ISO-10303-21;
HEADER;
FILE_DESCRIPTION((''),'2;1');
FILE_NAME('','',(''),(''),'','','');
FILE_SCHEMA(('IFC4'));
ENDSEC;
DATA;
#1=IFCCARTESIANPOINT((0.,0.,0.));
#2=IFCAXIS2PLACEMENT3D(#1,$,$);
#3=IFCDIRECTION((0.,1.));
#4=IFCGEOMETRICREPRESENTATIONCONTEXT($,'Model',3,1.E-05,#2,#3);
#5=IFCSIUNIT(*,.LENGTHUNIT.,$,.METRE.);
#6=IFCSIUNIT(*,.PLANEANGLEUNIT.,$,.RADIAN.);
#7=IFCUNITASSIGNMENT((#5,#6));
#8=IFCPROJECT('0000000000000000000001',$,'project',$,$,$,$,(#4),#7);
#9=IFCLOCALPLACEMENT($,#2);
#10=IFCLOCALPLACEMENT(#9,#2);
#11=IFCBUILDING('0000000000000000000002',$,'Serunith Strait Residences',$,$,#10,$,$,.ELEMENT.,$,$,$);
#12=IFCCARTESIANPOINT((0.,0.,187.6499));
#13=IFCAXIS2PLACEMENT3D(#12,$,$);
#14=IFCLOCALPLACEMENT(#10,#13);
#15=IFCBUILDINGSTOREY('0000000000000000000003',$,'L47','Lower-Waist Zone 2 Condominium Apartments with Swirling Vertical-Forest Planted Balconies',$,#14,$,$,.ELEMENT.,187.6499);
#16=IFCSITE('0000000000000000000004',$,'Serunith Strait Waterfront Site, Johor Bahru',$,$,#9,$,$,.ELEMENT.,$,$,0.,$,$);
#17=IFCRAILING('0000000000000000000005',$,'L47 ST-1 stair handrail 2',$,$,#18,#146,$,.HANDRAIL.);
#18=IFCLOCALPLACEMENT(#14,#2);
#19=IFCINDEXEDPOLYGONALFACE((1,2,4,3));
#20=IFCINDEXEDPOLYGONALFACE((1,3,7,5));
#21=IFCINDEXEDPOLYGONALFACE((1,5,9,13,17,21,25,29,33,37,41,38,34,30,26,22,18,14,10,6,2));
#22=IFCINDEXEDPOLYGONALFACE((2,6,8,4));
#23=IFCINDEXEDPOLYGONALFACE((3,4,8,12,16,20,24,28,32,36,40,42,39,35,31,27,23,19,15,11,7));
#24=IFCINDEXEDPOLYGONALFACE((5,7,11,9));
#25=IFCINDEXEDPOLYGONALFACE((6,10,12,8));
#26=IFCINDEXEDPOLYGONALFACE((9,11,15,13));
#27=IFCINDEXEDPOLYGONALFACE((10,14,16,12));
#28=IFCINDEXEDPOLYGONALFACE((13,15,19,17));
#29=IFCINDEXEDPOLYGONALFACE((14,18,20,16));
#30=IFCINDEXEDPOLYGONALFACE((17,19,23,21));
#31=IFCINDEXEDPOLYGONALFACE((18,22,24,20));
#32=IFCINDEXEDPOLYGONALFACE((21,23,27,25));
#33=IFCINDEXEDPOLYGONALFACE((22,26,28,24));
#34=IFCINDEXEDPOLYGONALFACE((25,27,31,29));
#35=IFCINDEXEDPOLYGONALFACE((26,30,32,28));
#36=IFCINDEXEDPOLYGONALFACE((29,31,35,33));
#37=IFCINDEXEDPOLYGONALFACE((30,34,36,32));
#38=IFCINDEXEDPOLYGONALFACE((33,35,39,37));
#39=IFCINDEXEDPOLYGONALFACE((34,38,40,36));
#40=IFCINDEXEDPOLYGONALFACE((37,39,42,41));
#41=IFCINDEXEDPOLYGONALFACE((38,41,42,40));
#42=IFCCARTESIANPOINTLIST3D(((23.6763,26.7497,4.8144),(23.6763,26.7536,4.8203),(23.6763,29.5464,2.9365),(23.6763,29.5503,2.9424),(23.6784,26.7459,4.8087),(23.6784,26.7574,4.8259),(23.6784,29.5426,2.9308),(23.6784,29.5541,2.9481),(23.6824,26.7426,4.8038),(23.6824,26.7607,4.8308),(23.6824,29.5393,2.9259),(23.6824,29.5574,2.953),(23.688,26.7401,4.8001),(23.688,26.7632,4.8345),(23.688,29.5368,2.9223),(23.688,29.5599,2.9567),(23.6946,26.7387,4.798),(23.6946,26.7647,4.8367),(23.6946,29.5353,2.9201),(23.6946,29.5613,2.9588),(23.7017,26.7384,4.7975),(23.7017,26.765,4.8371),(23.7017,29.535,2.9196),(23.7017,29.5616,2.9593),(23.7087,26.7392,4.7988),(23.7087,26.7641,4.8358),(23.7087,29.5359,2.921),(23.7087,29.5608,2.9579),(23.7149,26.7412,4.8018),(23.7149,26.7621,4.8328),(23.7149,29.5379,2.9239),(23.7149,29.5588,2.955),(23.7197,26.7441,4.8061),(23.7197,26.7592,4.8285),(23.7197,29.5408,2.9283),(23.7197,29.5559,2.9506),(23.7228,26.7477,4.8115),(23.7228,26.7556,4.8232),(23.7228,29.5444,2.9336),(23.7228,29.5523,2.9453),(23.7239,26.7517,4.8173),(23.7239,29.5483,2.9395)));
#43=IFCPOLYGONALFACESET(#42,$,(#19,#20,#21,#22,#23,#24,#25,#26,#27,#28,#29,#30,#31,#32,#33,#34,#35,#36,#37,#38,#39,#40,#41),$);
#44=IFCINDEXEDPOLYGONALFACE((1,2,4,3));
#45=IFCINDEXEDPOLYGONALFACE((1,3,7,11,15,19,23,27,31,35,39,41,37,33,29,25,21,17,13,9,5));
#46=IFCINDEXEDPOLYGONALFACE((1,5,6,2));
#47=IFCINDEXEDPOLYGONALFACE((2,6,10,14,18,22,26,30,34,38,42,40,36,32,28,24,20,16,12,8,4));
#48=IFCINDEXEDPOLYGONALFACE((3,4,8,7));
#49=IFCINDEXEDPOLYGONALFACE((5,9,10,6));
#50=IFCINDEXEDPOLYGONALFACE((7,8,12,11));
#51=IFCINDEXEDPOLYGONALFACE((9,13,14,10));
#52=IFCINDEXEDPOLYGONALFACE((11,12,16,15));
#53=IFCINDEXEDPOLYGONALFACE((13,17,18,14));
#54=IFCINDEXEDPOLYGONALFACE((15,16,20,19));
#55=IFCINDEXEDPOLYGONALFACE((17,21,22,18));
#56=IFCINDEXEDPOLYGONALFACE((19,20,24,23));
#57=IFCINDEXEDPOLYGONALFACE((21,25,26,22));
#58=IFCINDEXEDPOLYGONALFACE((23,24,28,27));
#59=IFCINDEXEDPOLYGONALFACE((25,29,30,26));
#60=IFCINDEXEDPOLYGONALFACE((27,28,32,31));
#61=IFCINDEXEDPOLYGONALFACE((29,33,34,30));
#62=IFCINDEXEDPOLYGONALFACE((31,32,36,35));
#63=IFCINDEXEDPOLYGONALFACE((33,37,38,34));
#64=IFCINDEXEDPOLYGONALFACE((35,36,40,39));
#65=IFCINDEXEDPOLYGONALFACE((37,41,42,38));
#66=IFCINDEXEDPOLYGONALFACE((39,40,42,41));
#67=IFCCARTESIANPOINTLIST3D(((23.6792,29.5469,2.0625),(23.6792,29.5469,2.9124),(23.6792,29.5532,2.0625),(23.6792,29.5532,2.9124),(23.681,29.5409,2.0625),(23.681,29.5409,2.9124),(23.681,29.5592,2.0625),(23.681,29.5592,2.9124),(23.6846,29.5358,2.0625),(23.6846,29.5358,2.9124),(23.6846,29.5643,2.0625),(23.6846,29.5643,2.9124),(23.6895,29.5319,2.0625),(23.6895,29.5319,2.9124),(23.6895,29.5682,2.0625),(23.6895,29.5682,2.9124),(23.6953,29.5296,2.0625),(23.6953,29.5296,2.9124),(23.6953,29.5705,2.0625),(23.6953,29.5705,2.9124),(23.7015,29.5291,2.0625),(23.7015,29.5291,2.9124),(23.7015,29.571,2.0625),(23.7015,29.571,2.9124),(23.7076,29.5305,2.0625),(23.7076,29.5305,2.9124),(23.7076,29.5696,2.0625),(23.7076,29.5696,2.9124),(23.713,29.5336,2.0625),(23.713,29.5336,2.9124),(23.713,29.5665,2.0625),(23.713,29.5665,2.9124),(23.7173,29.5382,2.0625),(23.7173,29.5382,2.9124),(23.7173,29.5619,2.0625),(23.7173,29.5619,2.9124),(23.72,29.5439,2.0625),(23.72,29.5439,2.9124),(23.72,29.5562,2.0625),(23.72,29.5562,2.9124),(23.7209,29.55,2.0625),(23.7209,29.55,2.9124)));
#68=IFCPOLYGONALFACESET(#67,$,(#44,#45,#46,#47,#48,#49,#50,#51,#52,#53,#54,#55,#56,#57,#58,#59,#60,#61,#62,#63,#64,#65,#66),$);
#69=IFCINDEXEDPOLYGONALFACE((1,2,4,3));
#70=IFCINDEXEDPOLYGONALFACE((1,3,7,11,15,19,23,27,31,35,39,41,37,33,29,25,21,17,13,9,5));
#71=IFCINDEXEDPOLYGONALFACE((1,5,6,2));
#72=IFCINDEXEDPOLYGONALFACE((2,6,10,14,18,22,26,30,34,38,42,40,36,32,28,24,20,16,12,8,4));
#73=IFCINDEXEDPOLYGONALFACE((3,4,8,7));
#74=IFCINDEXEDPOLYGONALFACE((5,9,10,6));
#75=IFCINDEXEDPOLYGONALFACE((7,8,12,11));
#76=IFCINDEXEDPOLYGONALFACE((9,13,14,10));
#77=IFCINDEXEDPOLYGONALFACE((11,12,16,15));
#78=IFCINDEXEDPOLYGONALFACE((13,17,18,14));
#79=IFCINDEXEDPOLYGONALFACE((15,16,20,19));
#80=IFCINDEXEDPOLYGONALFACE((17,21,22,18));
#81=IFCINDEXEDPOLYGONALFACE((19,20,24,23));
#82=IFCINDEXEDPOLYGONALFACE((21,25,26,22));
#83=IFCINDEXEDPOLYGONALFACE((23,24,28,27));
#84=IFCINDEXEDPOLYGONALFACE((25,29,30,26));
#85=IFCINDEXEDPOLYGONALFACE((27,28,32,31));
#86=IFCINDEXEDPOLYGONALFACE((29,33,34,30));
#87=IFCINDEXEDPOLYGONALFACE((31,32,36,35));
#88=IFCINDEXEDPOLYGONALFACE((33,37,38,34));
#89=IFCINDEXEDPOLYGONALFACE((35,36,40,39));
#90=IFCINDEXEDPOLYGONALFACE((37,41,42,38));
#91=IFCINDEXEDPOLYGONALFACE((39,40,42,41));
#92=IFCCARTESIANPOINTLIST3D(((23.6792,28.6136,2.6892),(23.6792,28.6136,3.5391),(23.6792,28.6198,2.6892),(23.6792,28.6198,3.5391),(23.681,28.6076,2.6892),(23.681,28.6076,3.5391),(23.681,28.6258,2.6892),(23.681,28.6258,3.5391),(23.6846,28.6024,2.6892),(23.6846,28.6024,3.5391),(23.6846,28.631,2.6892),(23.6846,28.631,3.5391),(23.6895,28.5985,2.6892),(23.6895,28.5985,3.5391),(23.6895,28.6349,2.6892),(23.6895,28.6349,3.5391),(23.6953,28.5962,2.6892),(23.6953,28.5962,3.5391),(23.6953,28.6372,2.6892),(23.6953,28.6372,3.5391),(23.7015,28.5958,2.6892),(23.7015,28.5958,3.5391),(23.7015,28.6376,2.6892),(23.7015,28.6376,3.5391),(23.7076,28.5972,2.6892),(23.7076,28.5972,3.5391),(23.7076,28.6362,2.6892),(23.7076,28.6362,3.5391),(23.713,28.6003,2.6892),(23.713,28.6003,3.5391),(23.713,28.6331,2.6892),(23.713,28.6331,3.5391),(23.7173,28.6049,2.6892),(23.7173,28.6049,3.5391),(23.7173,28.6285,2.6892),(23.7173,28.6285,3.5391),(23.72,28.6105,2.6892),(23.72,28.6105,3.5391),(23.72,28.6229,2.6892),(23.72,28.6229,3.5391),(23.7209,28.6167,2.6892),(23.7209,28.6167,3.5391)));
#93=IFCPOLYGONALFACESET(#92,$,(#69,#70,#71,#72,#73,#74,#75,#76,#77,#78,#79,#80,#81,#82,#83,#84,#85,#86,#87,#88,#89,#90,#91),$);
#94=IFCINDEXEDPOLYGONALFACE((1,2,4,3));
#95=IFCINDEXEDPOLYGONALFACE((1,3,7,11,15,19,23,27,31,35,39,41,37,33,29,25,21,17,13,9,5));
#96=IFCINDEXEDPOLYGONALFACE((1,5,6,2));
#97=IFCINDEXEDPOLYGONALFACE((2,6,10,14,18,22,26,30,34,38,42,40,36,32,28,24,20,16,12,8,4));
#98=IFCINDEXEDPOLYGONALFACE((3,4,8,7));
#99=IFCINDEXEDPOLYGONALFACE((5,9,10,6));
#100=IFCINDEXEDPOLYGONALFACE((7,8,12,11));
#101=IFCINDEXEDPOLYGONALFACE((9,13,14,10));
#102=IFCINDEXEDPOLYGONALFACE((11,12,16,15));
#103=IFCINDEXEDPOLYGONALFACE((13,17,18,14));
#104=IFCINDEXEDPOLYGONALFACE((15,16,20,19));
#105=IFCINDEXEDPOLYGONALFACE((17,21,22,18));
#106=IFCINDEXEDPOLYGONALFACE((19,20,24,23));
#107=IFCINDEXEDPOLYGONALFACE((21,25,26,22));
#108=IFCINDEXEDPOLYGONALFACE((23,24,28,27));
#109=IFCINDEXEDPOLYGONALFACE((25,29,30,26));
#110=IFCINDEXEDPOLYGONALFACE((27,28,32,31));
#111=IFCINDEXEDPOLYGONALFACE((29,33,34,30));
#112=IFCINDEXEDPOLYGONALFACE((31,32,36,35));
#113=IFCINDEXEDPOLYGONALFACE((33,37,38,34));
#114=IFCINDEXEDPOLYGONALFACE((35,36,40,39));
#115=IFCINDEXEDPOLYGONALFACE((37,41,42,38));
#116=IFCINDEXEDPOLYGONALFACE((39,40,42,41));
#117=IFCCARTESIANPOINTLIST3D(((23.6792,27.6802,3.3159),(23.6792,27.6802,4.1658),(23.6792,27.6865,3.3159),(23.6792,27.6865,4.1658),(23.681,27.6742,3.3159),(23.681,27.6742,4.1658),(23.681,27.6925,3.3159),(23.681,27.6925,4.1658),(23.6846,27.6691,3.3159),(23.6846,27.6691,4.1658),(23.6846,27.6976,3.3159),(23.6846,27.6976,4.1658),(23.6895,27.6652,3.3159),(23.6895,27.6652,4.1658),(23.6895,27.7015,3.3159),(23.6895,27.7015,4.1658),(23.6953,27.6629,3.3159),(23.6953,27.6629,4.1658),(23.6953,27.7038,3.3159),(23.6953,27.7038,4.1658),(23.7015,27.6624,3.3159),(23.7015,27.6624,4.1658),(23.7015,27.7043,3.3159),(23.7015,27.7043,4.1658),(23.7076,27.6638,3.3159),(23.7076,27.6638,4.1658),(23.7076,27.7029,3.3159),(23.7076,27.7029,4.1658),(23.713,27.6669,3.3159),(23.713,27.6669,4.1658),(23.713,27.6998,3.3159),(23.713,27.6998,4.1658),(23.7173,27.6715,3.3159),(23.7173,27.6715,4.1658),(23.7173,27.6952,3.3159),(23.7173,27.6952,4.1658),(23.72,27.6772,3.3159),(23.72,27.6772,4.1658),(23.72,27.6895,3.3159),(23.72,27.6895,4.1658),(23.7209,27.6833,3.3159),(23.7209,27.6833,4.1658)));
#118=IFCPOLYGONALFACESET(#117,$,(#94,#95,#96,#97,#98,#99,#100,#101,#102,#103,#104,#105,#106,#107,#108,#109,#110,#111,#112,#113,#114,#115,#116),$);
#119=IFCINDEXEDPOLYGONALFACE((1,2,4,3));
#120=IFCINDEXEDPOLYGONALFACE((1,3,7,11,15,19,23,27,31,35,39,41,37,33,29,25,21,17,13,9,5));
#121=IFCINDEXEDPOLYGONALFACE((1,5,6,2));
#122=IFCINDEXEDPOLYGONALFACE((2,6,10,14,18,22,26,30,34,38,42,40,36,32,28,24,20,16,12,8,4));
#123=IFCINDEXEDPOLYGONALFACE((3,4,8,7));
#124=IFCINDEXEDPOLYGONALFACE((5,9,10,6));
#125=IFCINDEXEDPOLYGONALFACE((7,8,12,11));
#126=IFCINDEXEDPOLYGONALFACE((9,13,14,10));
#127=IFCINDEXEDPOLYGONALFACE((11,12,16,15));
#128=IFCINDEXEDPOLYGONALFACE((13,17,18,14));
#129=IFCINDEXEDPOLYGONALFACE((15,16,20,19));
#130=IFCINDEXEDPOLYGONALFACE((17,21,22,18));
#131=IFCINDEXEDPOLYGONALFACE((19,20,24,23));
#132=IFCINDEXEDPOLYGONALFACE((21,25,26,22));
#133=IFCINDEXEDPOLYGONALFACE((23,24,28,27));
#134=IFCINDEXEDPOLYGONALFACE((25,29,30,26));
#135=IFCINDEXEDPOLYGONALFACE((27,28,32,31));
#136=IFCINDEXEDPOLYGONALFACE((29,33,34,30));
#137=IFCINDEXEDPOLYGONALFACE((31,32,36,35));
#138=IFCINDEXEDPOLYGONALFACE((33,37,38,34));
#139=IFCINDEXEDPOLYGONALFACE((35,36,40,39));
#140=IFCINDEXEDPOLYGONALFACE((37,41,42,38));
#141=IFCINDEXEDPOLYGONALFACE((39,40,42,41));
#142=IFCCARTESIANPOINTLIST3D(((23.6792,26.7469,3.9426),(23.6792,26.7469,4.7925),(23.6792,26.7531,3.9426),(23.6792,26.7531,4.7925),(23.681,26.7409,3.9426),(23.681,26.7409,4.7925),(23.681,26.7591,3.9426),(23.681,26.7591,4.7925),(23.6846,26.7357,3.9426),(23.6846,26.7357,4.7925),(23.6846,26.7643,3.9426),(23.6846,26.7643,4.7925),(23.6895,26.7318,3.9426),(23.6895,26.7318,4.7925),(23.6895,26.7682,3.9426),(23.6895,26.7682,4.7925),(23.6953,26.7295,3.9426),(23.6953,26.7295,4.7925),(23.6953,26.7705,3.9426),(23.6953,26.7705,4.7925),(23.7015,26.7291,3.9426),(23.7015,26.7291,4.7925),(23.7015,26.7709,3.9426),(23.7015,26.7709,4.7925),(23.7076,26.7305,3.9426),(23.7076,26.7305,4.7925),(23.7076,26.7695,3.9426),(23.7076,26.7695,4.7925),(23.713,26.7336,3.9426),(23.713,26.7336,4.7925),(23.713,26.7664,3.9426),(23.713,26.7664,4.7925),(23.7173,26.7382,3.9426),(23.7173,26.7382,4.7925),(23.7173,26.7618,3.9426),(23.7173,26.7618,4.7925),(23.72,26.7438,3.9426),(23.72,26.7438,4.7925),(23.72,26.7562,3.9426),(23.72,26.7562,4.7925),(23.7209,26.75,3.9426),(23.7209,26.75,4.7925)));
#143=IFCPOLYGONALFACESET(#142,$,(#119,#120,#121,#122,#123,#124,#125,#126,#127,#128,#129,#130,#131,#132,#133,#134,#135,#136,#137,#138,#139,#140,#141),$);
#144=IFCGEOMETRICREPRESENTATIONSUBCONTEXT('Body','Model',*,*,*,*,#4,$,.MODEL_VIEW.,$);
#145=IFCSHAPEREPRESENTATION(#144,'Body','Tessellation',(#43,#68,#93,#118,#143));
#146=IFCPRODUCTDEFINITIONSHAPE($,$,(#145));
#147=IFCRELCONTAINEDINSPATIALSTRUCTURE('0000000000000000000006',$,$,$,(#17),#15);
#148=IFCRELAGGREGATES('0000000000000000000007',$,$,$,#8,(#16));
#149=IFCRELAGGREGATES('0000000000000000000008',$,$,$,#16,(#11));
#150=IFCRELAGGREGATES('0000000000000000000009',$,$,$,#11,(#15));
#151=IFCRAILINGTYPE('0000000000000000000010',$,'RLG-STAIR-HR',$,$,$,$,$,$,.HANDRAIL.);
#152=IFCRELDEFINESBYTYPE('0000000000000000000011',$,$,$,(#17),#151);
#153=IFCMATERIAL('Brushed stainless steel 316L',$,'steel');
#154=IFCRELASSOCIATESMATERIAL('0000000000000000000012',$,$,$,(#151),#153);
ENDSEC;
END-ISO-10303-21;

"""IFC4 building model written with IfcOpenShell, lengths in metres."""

from ifc_helpers import new_model, si_unit, direction, frame, origin, origin_2d, place, context, subcontext, project, spatial, circle, extrude, material, type_object, element, save


model = new_model("IFC4")

# Units and contexts
model_context = context("Model", 3, precision=1e-05, world=origin(), true_north=direction((0.0, 1.0)))
body_context = subcontext(model_context, "Body", "Model", "MODEL_VIEW")
ifc_project = project(units=[si_unit("LENGTHUNIT", "METRE"), si_unit("PLANEANGLEUNIT", "RADIAN")], contexts=[model_context])

# Site, building, storey
site_placement = place(None, origin())
site = spatial("IfcSite", under=ifc_project, at=site_placement, Name="Serunith Strait Waterfront Site, Johor Bahru", CompositionType="ELEMENT", RefElevation=0.0)
building_placement = place(site_placement, origin())
building = spatial("IfcBuilding", under=site, at=building_placement, Name="Serunith Strait Residences", CompositionType="ELEMENT")
storey_placement = place(building_placement, frame((0.0, 0.0, 187.6499)))
storey = spatial("IfcBuildingStorey", under=building, at=storey_placement, Name="L47", Description="Lower-Waist Zone 2 Condominium Apartments with Swirling Vertical-Forest Planted Balconies", CompositionType="ELEMENT", Elevation=187.6499)

# Railing
ifc_material_1 = material(Name="Brushed stainless steel 316L", Category="steel")
railing_type_1 = type_object("IfcRailingType", Name="RLG-STAIR-HR", PredefinedType="HANDRAIL", material=ifc_material_1)
railing_1_placement = place(storey_placement, frame((23.7, 29.55, 2.0625)))
element("IfcRailing", 1, at=railing_1_placement, inside=storey, type_object=railing_type_1, Name="L47 ST-1 stair handrail 2", PredefinedType="HANDRAIL", context=body_context, shape_type="SweptSolid", body=[
    extrude(circle(Radius=0.0239, at=origin_2d()), frame((0.0, -0.0017, 0.877), z_axis=(0.0, -0.830208, 0.557453), x_axis=(1.0, 0.0, 0.0)), (0.0, 0.0, 1.0), 3.3687),
    extrude(circle(Radius=0.021, at=origin_2d()), origin(), (0.0, 0.0, 1.0), 0.8499),
    extrude(circle(Radius=0.021, at=origin_2d()), frame((0.0, -0.9333, 0.6267)), (0.0, 0.0, 1.0), 0.8499),
    extrude(circle(Radius=0.021, at=origin_2d()), frame((0.0, -1.8667, 1.2534)), (0.0, 0.0, 1.0), 0.8499),
    extrude(circle(Radius=0.021, at=origin_2d()), frame((0.0, -2.8, 1.8801)), (0.0, 0.0, 1.0), 0.8499),
])

save(model, "model.ifc")
